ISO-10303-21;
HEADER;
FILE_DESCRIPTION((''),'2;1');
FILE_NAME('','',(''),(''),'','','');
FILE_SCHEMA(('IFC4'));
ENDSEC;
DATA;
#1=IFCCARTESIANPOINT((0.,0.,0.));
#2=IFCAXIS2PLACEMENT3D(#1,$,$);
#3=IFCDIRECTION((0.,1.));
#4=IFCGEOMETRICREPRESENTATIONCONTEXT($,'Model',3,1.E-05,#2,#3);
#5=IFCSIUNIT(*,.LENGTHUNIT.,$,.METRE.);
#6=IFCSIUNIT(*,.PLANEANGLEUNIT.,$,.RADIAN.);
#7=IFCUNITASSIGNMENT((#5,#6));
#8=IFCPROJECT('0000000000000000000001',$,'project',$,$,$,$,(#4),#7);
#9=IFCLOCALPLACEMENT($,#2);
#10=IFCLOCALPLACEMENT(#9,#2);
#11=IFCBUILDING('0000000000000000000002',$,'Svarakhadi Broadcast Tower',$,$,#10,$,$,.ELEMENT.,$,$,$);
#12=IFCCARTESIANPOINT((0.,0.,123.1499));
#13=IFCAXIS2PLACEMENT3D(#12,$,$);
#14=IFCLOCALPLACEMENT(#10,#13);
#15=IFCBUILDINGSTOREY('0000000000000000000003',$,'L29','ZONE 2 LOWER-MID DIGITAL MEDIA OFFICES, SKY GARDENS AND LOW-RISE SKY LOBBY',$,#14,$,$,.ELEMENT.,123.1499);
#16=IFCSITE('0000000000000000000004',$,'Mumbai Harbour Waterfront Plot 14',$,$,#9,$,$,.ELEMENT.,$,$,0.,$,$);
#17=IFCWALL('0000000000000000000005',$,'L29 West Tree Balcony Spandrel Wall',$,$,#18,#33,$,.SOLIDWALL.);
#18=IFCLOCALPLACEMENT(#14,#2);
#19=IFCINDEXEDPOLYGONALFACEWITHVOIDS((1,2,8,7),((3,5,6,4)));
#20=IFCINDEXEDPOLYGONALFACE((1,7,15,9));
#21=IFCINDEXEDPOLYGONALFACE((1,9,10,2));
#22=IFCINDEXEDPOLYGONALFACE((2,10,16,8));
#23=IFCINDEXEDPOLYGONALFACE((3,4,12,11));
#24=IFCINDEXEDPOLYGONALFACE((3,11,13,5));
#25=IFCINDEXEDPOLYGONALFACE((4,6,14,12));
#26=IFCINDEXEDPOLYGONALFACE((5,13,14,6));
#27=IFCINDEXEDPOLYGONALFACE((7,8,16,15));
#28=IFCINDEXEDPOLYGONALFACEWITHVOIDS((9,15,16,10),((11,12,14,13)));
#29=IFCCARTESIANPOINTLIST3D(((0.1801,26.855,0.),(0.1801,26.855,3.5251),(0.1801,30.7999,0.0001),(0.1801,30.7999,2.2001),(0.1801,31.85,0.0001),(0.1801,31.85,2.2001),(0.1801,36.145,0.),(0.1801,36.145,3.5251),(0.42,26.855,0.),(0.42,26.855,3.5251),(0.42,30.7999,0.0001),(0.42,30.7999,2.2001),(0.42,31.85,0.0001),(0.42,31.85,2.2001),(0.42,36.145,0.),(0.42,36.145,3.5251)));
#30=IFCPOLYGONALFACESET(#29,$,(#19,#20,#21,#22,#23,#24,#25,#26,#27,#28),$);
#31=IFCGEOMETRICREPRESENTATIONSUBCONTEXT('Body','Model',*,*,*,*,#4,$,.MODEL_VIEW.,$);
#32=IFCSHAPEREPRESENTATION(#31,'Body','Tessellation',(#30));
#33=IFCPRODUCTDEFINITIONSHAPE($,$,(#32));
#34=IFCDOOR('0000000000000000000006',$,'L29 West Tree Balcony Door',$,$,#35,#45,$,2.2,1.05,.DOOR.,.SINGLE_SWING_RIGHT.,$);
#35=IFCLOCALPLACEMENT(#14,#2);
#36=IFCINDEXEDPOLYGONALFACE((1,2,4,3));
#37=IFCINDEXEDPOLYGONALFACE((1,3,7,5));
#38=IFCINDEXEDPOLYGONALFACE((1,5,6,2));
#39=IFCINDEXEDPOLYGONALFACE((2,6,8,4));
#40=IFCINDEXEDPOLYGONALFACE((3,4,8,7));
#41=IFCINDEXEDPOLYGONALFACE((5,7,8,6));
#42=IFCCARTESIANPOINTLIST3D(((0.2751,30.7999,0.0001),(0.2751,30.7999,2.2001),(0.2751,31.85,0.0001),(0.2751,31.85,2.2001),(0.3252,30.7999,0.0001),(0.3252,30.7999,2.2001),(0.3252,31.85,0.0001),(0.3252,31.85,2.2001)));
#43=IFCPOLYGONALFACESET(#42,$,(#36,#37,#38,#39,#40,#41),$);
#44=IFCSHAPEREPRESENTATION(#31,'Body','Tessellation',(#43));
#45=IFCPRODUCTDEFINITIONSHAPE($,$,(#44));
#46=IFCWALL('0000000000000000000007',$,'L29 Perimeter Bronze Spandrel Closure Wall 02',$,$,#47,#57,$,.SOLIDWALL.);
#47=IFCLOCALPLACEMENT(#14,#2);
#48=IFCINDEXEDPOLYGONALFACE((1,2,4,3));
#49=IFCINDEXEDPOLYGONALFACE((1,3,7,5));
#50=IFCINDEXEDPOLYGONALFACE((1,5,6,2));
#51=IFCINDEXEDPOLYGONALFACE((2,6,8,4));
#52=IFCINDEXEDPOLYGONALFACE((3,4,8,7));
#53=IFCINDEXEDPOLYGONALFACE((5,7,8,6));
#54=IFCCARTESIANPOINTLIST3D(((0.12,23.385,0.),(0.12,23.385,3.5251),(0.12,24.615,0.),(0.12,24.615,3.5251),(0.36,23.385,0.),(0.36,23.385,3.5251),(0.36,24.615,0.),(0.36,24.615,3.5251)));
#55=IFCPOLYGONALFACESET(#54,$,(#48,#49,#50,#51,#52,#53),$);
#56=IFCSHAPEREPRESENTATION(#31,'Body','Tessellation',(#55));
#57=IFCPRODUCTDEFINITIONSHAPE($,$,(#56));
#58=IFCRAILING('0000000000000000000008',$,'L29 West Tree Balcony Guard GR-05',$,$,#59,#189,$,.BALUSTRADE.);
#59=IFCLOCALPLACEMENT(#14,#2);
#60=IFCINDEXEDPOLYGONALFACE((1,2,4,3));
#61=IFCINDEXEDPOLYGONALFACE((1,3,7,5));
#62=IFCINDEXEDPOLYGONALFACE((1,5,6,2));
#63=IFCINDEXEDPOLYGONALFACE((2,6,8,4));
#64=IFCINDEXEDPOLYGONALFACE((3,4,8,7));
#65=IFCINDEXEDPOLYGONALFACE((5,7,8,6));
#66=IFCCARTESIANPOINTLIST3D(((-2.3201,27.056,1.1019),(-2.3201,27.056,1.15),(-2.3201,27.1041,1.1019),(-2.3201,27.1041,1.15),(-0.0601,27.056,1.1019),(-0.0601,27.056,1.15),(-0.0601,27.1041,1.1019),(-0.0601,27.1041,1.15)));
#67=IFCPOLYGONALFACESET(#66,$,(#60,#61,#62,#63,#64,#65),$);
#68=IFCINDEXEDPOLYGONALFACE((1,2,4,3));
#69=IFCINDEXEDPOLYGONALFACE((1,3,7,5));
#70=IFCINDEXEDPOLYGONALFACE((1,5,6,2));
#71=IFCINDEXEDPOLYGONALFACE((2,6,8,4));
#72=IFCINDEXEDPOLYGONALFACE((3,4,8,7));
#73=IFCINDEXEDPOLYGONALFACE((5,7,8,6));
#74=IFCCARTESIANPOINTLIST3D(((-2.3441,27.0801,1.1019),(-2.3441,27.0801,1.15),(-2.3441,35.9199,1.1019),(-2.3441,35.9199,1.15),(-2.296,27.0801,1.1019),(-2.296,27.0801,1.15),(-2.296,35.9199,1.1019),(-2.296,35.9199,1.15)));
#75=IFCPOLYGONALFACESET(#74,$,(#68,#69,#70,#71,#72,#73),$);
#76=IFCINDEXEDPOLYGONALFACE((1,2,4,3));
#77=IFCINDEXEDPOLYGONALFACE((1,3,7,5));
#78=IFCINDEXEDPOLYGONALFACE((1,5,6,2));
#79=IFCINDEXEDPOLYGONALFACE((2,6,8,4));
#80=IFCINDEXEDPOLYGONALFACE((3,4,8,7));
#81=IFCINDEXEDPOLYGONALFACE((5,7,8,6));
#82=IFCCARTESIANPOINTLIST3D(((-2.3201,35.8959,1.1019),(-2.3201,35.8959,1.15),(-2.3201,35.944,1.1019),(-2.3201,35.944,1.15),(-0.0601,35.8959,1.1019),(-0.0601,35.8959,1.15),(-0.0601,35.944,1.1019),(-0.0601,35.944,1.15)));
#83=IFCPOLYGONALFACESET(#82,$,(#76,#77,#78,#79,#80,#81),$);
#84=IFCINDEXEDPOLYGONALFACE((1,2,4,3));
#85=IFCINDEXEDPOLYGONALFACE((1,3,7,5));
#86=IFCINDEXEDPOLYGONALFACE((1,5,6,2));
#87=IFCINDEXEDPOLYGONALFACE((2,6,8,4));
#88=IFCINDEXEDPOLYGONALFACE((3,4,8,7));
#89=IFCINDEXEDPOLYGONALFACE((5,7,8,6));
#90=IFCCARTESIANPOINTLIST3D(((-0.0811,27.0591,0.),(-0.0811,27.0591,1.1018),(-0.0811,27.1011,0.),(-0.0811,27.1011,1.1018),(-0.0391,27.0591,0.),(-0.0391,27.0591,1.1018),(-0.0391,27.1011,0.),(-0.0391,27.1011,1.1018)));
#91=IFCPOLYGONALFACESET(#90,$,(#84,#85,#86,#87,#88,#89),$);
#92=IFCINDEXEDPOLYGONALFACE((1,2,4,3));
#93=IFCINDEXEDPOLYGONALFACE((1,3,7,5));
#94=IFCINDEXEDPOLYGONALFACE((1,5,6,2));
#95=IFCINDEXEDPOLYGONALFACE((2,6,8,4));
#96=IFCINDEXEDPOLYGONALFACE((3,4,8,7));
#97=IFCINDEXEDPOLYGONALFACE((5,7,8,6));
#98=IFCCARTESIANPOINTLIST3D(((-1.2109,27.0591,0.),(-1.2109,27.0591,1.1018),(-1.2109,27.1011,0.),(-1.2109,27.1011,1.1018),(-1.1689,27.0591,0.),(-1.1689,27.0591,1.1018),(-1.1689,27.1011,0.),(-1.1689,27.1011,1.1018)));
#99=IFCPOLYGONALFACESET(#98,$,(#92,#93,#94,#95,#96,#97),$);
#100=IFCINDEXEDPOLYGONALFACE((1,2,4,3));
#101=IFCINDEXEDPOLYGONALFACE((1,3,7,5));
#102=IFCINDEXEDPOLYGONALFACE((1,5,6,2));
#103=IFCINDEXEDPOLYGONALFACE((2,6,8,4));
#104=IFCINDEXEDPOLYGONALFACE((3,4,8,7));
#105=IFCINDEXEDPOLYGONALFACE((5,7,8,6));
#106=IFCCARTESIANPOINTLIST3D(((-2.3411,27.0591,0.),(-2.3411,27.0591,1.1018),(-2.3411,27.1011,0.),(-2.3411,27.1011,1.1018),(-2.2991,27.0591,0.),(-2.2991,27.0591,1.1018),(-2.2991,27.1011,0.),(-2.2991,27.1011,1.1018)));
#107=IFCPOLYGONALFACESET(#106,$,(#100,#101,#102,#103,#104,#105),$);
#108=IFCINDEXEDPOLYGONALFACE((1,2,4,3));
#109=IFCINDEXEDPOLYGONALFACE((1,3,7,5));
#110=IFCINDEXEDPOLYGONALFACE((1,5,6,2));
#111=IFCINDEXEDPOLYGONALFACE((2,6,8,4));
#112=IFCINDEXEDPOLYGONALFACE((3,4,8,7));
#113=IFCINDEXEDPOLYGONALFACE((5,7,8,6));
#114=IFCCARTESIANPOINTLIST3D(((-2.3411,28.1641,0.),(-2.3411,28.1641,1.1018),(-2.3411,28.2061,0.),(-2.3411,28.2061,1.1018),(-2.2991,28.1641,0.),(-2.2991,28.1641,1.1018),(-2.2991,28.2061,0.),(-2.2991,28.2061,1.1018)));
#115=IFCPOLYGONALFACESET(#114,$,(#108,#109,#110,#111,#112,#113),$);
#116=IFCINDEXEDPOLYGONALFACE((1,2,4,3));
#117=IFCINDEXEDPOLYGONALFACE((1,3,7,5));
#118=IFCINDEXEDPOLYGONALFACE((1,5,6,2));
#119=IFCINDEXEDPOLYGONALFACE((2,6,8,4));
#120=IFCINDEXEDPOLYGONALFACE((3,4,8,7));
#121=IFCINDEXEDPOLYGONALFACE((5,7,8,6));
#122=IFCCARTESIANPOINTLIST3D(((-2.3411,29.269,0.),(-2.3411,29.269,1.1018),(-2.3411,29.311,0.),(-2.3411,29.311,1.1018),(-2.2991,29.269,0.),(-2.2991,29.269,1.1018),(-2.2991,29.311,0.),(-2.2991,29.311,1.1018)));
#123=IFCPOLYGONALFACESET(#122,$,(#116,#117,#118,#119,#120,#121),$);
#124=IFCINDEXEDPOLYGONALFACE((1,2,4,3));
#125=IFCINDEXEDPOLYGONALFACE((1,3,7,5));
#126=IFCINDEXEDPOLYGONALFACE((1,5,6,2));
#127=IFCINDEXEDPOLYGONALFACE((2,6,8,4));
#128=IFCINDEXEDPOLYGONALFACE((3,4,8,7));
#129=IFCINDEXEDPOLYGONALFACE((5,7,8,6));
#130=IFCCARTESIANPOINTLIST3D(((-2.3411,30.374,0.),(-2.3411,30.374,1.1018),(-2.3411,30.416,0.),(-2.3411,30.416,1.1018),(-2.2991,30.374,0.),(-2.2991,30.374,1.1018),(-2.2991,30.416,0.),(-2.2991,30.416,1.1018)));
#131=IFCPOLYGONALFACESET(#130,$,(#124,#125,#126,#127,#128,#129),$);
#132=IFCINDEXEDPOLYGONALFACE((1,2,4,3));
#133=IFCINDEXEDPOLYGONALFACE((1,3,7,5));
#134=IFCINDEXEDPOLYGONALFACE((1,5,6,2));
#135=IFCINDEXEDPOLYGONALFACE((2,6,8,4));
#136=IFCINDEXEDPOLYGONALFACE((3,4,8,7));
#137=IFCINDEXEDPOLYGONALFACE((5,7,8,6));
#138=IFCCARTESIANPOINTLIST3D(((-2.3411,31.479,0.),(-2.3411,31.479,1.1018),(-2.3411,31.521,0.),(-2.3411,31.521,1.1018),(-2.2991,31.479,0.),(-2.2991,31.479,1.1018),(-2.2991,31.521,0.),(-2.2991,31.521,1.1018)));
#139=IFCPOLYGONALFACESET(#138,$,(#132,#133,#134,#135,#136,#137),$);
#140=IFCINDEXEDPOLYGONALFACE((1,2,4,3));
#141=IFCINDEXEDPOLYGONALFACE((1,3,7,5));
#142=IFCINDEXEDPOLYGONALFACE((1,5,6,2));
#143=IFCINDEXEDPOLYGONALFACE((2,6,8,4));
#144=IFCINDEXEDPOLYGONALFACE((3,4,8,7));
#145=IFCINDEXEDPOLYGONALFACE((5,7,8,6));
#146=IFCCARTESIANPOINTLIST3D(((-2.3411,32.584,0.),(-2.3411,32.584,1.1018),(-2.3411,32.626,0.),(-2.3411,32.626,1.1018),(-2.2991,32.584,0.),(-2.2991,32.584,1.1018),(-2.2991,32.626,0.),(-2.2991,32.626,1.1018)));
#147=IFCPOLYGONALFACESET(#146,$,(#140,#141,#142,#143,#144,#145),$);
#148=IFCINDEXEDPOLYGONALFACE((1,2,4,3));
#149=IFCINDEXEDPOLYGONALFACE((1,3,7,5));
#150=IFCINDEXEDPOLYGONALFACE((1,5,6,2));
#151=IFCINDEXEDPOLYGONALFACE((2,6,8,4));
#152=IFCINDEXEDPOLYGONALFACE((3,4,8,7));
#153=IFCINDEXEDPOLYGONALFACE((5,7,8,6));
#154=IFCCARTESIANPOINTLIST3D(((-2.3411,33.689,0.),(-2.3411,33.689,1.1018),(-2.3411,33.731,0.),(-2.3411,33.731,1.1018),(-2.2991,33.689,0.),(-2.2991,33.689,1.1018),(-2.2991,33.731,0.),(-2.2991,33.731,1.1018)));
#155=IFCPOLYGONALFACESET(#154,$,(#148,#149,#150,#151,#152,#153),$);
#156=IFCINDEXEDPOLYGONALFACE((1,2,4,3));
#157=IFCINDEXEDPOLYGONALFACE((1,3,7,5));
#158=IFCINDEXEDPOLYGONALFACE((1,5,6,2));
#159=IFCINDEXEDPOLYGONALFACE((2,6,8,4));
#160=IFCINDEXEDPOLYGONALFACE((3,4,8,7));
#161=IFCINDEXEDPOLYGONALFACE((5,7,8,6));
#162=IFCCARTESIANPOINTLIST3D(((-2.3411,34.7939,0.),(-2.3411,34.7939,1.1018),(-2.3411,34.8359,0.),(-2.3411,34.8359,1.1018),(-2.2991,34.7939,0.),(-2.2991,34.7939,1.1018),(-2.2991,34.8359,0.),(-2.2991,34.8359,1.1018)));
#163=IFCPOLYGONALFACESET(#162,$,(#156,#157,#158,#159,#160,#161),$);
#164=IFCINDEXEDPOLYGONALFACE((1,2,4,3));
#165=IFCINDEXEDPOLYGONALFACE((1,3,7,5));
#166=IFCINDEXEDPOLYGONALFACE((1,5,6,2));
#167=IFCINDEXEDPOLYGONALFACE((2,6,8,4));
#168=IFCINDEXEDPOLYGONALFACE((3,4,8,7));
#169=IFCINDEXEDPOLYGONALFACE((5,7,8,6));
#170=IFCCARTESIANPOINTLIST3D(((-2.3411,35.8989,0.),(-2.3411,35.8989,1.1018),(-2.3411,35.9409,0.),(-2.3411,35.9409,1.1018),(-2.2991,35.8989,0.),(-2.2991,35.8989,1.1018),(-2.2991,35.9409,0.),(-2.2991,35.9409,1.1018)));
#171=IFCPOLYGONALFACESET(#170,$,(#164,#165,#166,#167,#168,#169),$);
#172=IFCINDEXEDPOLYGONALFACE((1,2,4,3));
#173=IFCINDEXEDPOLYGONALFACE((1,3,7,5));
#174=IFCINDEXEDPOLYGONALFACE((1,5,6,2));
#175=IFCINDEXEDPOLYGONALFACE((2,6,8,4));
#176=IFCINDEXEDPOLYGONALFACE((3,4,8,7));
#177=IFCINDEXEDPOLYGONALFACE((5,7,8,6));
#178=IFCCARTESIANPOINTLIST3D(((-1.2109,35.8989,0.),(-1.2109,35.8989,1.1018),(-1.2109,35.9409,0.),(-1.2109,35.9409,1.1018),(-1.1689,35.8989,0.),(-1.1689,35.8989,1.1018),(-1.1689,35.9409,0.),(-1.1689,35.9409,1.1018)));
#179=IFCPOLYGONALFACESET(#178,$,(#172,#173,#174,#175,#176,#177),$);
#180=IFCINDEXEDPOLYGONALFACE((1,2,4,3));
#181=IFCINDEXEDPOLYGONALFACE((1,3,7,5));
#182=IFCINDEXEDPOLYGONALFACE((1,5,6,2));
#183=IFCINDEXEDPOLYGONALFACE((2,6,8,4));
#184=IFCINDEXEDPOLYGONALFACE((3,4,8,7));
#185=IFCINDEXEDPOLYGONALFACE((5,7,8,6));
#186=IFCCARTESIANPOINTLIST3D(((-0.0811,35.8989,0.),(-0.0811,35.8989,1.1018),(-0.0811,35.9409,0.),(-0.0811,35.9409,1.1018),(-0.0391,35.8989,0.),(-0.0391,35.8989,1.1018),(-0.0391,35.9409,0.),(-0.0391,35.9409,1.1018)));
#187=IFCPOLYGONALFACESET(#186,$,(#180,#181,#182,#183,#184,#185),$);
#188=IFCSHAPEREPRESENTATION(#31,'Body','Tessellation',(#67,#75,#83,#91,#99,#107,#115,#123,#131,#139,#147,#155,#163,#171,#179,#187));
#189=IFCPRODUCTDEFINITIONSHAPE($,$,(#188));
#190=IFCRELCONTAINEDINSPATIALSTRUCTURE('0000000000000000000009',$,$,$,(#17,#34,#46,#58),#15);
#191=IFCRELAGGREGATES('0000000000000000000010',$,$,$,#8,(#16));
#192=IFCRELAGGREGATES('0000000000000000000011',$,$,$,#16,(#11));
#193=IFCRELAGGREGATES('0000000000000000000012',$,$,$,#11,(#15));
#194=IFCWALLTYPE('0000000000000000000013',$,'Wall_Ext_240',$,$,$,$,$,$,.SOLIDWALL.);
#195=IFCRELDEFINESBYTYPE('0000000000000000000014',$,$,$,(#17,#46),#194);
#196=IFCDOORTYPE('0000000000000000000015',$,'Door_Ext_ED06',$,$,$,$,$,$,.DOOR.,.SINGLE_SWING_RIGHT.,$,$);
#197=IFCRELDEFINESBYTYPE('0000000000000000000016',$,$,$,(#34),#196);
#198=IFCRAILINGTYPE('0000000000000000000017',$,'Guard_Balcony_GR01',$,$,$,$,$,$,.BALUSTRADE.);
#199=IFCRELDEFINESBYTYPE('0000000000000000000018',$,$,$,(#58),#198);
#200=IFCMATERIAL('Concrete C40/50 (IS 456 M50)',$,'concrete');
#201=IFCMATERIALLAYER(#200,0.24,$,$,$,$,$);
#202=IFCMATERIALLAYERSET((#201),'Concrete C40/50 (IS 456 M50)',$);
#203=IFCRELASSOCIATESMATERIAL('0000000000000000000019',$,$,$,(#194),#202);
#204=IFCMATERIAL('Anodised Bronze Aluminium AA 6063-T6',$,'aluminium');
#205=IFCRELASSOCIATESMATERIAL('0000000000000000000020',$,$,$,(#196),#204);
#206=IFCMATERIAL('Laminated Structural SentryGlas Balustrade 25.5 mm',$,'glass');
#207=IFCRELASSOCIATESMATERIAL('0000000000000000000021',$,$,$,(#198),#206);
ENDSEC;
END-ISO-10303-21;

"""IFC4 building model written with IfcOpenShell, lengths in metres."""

from ifc_helpers import new_model, si_unit, direction, frame, frame_2d, origin, origin_2d, place, context, subcontext, project, spatial, rectangle, extrude, material, layer, layer_set, type_object, element, fill, save


model = new_model("IFC4")

# Units and contexts
model_context = context("Model", 3, precision=1e-05, world=origin(), true_north=direction((0.0, 1.0)))
body_context = subcontext(model_context, "Body", "Model", "MODEL_VIEW")
ifc_project = project(units=[si_unit("LENGTHUNIT", "METRE"), si_unit("PLANEANGLEUNIT", "RADIAN")], contexts=[model_context])

# Site, building, storey
site_placement = place(None, origin())
site = spatial("IfcSite", under=ifc_project, at=site_placement, Name="Mumbai Harbour Waterfront Plot 14", CompositionType="ELEMENT", RefElevation=0.0)
building_placement = place(site_placement, origin())
building = spatial("IfcBuilding", under=site, at=building_placement, Name="Svarakhadi Broadcast Tower", CompositionType="ELEMENT")
storey_placement = place(building_placement, frame((0.0, 0.0, 123.1499)))
storey = spatial("IfcBuildingStorey", under=building, at=storey_placement, Name="L29", Description="ZONE 2 LOWER-MID DIGITAL MEDIA OFFICES, SKY GARDENS AND LOW-RISE SKY LOBBY", CompositionType="ELEMENT", Elevation=123.1499)

# Shared definitions
ifc_material_1 = material(Name="Anodised Bronze Aluminium AA 6063-T6", Category="aluminium")

# Wall, opening, door
ifc_material_2 = material(Name="Concrete C40/50 (IS 456 M50)", Category="concrete")
ifc_layer_1 = layer(ifc_material_2, 0.24)
ifc_layer_set_1 = layer_set([ifc_layer_1], Name="Concrete C40/50 (IS 456 M50)")
wall_type_1 = type_object("IfcWallType", Name="Wall_Ext_240", PredefinedType="SOLIDWALL", material=ifc_layer_set_1)
wall_1_placement = place(storey_placement, frame((0.3, 26.855, 0.0), z_axis=(0.0, 0.0, 1.0), x_axis=(0.0, 1.0, 0.0)))
wall_1 = element("IfcWall", 1, at=wall_1_placement, inside=storey, type_object=wall_type_1, Name="L29 West Tree Balcony Spandrel Wall", PredefinedType="SOLIDWALL", context=body_context, shape_type="SweptSolid", body=[
    extrude(rectangle(XDim=9.29, YDim=0.24, at=frame_2d((4.645, 0.0))), origin(), (0.0, 0.0, 1.0), 3.5251),
])
opening_1_placement = place(wall_1_placement, frame((3.9451, 0.0, 0.0)))
opening_1 = element("IfcOpeningElement", 2, at=opening_1_placement, cuts=wall_1, PredefinedType="OPENING", context=body_context, shape_type="SweptSolid", body=[
    extrude(rectangle(XDim=1.05, YDim=2.2, at=frame_2d((0.5249, 1.1001))), frame((0.0, 0.1299, 0.0), z_axis=(0.0, -1.0, 0.0), x_axis=(1.0, 0.0, 0.0)), (0.0, 0.0, 1.0), 0.26),
])
door_type_1 = type_object("IfcDoorType", Name="Door_Ext_ED06", OperationType="SINGLE_SWING_RIGHT", PredefinedType="DOOR", material=ifc_material_1)
door_1_placement = place(opening_1_placement, origin())
door_1 = element("IfcDoor", 3, at=door_1_placement, inside=storey, type_object=door_type_1, Name="L29 West Tree Balcony Door", OperationType="SINGLE_SWING_RIGHT", OverallHeight=2.2, OverallWidth=1.05, PredefinedType="DOOR", context=body_context, shape_type="SweptSolid", body=[
    extrude(rectangle(XDim=1.05, YDim=2.2, at=frame_2d((0.5249, 1.1001))), frame((0.0, 0.0249, 0.0), z_axis=(0.0, -1.0, 0.0), x_axis=(1.0, 0.0, 0.0)), (0.0, 0.0, 1.0), 0.05),
])
fill(opening_1, door_1)

# Wall
wall_2_placement = place(storey_placement, frame((0.24, 23.385, 0.0), z_axis=(0.0, 0.0, 1.0), x_axis=(0.0, 1.0, 0.0)))
element("IfcWall", 4, at=wall_2_placement, inside=storey, type_object=wall_type_1, Name="L29 Perimeter Bronze Spandrel Closure Wall 02", PredefinedType="SOLIDWALL", context=body_context, shape_type="SweptSolid", body=[
    extrude(rectangle(XDim=1.23, YDim=0.24, at=frame_2d((0.615, 0.0))), origin(), (0.0, 0.0, 1.0), 3.5251),
])

# Railing
ifc_material_3 = material(Name="Laminated Structural SentryGlas Balustrade 25.5 mm", Category="glass")
railing_type = type_object("IfcRailingType", Name="Guard_Balcony_GR01", PredefinedType="BALUSTRADE", material=ifc_material_3)
railing_placement = place(storey_placement, frame((-0.0601, 27.0801, 0.0)))
element("IfcRailing", 5, at=railing_placement, inside=storey, type_object=railing_type, Name="L29 West Tree Balcony Guard GR-05", PredefinedType="BALUSTRADE", context=body_context, shape_type="SweptSolid", body=[
    extrude(rectangle(XDim=0.0481, YDim=0.0481, at=origin_2d()), frame((0.0, 0.0, 1.126), z_axis=(-1.0, 0.0, 0.0), x_axis=(0.0, -1.0, 0.0)), (0.0, 0.0, 1.0), 2.26),
    extrude(rectangle(XDim=0.0481, YDim=0.0481, at=origin_2d()), frame((-2.26, 0.0, 1.126), z_axis=(0.0, 1.0, 0.0), x_axis=(-1.0, 0.0, 0.0)), (0.0, 0.0, 1.0), 8.8398),
    extrude(rectangle(XDim=0.0481, YDim=0.0481, at=origin_2d()), frame((-2.26, 8.8398, 1.126), z_axis=(1.0, 0.0, 0.0), x_axis=(0.0, 1.0, 0.0)), (0.0, 0.0, 1.0), 2.26),
    extrude(rectangle(XDim=0.042, YDim=0.042, at=origin_2d()), origin(), (0.0, 0.0, 1.0), 1.1018),
    extrude(rectangle(XDim=0.042, YDim=0.042, at=origin_2d()), frame((-1.1299, 0.0, 0.0)), (0.0, 0.0, 1.0), 1.1018),
    extrude(rectangle(XDim=0.042, YDim=0.042, at=origin_2d()), frame((-2.26, 0.0, 0.0)), (0.0, 0.0, 1.0), 1.1018),
    extrude(rectangle(XDim=0.042, YDim=0.042, at=origin_2d()), frame((-2.26, 1.105, 0.0)), (0.0, 0.0, 1.0), 1.1018),
    extrude(rectangle(XDim=0.042, YDim=0.042, at=origin_2d()), frame((-2.26, 2.21, 0.0)), (0.0, 0.0, 1.0), 1.1018),
    extrude(rectangle(XDim=0.042, YDim=0.042, at=origin_2d()), frame((-2.26, 3.3149, 0.0)), (0.0, 0.0, 1.0), 1.1018),
    extrude(rectangle(XDim=0.042, YDim=0.042, at=origin_2d()), frame((-2.26, 4.4199, 0.0)), (0.0, 0.0, 1.0), 1.1018),
    extrude(rectangle(XDim=0.042, YDim=0.042, at=origin_2d()), frame((-2.26, 5.5249, 0.0)), (0.0, 0.0, 1.0), 1.1018),
    extrude(rectangle(XDim=0.042, YDim=0.042, at=origin_2d()), frame((-2.26, 6.6299, 0.0)), (0.0, 0.0, 1.0), 1.1018),
    extrude(rectangle(XDim=0.042, YDim=0.042, at=origin_2d()), frame((-2.26, 7.7349, 0.0)), (0.0, 0.0, 1.0), 1.1018),
    extrude(rectangle(XDim=0.042, YDim=0.042, at=origin_2d()), frame((-2.26, 8.8398, 0.0)), (0.0, 0.0, 1.0), 1.1018),
    extrude(rectangle(XDim=0.042, YDim=0.042, at=origin_2d()), frame((-1.1299, 8.8398, 0.0)), (0.0, 0.0, 1.0), 1.1018),
    extrude(rectangle(XDim=0.042, YDim=0.042, at=origin_2d()), frame((0.0, 8.8398, 0.0)), (0.0, 0.0, 1.0), 1.1018),
])

save(model, "model.ifc")
